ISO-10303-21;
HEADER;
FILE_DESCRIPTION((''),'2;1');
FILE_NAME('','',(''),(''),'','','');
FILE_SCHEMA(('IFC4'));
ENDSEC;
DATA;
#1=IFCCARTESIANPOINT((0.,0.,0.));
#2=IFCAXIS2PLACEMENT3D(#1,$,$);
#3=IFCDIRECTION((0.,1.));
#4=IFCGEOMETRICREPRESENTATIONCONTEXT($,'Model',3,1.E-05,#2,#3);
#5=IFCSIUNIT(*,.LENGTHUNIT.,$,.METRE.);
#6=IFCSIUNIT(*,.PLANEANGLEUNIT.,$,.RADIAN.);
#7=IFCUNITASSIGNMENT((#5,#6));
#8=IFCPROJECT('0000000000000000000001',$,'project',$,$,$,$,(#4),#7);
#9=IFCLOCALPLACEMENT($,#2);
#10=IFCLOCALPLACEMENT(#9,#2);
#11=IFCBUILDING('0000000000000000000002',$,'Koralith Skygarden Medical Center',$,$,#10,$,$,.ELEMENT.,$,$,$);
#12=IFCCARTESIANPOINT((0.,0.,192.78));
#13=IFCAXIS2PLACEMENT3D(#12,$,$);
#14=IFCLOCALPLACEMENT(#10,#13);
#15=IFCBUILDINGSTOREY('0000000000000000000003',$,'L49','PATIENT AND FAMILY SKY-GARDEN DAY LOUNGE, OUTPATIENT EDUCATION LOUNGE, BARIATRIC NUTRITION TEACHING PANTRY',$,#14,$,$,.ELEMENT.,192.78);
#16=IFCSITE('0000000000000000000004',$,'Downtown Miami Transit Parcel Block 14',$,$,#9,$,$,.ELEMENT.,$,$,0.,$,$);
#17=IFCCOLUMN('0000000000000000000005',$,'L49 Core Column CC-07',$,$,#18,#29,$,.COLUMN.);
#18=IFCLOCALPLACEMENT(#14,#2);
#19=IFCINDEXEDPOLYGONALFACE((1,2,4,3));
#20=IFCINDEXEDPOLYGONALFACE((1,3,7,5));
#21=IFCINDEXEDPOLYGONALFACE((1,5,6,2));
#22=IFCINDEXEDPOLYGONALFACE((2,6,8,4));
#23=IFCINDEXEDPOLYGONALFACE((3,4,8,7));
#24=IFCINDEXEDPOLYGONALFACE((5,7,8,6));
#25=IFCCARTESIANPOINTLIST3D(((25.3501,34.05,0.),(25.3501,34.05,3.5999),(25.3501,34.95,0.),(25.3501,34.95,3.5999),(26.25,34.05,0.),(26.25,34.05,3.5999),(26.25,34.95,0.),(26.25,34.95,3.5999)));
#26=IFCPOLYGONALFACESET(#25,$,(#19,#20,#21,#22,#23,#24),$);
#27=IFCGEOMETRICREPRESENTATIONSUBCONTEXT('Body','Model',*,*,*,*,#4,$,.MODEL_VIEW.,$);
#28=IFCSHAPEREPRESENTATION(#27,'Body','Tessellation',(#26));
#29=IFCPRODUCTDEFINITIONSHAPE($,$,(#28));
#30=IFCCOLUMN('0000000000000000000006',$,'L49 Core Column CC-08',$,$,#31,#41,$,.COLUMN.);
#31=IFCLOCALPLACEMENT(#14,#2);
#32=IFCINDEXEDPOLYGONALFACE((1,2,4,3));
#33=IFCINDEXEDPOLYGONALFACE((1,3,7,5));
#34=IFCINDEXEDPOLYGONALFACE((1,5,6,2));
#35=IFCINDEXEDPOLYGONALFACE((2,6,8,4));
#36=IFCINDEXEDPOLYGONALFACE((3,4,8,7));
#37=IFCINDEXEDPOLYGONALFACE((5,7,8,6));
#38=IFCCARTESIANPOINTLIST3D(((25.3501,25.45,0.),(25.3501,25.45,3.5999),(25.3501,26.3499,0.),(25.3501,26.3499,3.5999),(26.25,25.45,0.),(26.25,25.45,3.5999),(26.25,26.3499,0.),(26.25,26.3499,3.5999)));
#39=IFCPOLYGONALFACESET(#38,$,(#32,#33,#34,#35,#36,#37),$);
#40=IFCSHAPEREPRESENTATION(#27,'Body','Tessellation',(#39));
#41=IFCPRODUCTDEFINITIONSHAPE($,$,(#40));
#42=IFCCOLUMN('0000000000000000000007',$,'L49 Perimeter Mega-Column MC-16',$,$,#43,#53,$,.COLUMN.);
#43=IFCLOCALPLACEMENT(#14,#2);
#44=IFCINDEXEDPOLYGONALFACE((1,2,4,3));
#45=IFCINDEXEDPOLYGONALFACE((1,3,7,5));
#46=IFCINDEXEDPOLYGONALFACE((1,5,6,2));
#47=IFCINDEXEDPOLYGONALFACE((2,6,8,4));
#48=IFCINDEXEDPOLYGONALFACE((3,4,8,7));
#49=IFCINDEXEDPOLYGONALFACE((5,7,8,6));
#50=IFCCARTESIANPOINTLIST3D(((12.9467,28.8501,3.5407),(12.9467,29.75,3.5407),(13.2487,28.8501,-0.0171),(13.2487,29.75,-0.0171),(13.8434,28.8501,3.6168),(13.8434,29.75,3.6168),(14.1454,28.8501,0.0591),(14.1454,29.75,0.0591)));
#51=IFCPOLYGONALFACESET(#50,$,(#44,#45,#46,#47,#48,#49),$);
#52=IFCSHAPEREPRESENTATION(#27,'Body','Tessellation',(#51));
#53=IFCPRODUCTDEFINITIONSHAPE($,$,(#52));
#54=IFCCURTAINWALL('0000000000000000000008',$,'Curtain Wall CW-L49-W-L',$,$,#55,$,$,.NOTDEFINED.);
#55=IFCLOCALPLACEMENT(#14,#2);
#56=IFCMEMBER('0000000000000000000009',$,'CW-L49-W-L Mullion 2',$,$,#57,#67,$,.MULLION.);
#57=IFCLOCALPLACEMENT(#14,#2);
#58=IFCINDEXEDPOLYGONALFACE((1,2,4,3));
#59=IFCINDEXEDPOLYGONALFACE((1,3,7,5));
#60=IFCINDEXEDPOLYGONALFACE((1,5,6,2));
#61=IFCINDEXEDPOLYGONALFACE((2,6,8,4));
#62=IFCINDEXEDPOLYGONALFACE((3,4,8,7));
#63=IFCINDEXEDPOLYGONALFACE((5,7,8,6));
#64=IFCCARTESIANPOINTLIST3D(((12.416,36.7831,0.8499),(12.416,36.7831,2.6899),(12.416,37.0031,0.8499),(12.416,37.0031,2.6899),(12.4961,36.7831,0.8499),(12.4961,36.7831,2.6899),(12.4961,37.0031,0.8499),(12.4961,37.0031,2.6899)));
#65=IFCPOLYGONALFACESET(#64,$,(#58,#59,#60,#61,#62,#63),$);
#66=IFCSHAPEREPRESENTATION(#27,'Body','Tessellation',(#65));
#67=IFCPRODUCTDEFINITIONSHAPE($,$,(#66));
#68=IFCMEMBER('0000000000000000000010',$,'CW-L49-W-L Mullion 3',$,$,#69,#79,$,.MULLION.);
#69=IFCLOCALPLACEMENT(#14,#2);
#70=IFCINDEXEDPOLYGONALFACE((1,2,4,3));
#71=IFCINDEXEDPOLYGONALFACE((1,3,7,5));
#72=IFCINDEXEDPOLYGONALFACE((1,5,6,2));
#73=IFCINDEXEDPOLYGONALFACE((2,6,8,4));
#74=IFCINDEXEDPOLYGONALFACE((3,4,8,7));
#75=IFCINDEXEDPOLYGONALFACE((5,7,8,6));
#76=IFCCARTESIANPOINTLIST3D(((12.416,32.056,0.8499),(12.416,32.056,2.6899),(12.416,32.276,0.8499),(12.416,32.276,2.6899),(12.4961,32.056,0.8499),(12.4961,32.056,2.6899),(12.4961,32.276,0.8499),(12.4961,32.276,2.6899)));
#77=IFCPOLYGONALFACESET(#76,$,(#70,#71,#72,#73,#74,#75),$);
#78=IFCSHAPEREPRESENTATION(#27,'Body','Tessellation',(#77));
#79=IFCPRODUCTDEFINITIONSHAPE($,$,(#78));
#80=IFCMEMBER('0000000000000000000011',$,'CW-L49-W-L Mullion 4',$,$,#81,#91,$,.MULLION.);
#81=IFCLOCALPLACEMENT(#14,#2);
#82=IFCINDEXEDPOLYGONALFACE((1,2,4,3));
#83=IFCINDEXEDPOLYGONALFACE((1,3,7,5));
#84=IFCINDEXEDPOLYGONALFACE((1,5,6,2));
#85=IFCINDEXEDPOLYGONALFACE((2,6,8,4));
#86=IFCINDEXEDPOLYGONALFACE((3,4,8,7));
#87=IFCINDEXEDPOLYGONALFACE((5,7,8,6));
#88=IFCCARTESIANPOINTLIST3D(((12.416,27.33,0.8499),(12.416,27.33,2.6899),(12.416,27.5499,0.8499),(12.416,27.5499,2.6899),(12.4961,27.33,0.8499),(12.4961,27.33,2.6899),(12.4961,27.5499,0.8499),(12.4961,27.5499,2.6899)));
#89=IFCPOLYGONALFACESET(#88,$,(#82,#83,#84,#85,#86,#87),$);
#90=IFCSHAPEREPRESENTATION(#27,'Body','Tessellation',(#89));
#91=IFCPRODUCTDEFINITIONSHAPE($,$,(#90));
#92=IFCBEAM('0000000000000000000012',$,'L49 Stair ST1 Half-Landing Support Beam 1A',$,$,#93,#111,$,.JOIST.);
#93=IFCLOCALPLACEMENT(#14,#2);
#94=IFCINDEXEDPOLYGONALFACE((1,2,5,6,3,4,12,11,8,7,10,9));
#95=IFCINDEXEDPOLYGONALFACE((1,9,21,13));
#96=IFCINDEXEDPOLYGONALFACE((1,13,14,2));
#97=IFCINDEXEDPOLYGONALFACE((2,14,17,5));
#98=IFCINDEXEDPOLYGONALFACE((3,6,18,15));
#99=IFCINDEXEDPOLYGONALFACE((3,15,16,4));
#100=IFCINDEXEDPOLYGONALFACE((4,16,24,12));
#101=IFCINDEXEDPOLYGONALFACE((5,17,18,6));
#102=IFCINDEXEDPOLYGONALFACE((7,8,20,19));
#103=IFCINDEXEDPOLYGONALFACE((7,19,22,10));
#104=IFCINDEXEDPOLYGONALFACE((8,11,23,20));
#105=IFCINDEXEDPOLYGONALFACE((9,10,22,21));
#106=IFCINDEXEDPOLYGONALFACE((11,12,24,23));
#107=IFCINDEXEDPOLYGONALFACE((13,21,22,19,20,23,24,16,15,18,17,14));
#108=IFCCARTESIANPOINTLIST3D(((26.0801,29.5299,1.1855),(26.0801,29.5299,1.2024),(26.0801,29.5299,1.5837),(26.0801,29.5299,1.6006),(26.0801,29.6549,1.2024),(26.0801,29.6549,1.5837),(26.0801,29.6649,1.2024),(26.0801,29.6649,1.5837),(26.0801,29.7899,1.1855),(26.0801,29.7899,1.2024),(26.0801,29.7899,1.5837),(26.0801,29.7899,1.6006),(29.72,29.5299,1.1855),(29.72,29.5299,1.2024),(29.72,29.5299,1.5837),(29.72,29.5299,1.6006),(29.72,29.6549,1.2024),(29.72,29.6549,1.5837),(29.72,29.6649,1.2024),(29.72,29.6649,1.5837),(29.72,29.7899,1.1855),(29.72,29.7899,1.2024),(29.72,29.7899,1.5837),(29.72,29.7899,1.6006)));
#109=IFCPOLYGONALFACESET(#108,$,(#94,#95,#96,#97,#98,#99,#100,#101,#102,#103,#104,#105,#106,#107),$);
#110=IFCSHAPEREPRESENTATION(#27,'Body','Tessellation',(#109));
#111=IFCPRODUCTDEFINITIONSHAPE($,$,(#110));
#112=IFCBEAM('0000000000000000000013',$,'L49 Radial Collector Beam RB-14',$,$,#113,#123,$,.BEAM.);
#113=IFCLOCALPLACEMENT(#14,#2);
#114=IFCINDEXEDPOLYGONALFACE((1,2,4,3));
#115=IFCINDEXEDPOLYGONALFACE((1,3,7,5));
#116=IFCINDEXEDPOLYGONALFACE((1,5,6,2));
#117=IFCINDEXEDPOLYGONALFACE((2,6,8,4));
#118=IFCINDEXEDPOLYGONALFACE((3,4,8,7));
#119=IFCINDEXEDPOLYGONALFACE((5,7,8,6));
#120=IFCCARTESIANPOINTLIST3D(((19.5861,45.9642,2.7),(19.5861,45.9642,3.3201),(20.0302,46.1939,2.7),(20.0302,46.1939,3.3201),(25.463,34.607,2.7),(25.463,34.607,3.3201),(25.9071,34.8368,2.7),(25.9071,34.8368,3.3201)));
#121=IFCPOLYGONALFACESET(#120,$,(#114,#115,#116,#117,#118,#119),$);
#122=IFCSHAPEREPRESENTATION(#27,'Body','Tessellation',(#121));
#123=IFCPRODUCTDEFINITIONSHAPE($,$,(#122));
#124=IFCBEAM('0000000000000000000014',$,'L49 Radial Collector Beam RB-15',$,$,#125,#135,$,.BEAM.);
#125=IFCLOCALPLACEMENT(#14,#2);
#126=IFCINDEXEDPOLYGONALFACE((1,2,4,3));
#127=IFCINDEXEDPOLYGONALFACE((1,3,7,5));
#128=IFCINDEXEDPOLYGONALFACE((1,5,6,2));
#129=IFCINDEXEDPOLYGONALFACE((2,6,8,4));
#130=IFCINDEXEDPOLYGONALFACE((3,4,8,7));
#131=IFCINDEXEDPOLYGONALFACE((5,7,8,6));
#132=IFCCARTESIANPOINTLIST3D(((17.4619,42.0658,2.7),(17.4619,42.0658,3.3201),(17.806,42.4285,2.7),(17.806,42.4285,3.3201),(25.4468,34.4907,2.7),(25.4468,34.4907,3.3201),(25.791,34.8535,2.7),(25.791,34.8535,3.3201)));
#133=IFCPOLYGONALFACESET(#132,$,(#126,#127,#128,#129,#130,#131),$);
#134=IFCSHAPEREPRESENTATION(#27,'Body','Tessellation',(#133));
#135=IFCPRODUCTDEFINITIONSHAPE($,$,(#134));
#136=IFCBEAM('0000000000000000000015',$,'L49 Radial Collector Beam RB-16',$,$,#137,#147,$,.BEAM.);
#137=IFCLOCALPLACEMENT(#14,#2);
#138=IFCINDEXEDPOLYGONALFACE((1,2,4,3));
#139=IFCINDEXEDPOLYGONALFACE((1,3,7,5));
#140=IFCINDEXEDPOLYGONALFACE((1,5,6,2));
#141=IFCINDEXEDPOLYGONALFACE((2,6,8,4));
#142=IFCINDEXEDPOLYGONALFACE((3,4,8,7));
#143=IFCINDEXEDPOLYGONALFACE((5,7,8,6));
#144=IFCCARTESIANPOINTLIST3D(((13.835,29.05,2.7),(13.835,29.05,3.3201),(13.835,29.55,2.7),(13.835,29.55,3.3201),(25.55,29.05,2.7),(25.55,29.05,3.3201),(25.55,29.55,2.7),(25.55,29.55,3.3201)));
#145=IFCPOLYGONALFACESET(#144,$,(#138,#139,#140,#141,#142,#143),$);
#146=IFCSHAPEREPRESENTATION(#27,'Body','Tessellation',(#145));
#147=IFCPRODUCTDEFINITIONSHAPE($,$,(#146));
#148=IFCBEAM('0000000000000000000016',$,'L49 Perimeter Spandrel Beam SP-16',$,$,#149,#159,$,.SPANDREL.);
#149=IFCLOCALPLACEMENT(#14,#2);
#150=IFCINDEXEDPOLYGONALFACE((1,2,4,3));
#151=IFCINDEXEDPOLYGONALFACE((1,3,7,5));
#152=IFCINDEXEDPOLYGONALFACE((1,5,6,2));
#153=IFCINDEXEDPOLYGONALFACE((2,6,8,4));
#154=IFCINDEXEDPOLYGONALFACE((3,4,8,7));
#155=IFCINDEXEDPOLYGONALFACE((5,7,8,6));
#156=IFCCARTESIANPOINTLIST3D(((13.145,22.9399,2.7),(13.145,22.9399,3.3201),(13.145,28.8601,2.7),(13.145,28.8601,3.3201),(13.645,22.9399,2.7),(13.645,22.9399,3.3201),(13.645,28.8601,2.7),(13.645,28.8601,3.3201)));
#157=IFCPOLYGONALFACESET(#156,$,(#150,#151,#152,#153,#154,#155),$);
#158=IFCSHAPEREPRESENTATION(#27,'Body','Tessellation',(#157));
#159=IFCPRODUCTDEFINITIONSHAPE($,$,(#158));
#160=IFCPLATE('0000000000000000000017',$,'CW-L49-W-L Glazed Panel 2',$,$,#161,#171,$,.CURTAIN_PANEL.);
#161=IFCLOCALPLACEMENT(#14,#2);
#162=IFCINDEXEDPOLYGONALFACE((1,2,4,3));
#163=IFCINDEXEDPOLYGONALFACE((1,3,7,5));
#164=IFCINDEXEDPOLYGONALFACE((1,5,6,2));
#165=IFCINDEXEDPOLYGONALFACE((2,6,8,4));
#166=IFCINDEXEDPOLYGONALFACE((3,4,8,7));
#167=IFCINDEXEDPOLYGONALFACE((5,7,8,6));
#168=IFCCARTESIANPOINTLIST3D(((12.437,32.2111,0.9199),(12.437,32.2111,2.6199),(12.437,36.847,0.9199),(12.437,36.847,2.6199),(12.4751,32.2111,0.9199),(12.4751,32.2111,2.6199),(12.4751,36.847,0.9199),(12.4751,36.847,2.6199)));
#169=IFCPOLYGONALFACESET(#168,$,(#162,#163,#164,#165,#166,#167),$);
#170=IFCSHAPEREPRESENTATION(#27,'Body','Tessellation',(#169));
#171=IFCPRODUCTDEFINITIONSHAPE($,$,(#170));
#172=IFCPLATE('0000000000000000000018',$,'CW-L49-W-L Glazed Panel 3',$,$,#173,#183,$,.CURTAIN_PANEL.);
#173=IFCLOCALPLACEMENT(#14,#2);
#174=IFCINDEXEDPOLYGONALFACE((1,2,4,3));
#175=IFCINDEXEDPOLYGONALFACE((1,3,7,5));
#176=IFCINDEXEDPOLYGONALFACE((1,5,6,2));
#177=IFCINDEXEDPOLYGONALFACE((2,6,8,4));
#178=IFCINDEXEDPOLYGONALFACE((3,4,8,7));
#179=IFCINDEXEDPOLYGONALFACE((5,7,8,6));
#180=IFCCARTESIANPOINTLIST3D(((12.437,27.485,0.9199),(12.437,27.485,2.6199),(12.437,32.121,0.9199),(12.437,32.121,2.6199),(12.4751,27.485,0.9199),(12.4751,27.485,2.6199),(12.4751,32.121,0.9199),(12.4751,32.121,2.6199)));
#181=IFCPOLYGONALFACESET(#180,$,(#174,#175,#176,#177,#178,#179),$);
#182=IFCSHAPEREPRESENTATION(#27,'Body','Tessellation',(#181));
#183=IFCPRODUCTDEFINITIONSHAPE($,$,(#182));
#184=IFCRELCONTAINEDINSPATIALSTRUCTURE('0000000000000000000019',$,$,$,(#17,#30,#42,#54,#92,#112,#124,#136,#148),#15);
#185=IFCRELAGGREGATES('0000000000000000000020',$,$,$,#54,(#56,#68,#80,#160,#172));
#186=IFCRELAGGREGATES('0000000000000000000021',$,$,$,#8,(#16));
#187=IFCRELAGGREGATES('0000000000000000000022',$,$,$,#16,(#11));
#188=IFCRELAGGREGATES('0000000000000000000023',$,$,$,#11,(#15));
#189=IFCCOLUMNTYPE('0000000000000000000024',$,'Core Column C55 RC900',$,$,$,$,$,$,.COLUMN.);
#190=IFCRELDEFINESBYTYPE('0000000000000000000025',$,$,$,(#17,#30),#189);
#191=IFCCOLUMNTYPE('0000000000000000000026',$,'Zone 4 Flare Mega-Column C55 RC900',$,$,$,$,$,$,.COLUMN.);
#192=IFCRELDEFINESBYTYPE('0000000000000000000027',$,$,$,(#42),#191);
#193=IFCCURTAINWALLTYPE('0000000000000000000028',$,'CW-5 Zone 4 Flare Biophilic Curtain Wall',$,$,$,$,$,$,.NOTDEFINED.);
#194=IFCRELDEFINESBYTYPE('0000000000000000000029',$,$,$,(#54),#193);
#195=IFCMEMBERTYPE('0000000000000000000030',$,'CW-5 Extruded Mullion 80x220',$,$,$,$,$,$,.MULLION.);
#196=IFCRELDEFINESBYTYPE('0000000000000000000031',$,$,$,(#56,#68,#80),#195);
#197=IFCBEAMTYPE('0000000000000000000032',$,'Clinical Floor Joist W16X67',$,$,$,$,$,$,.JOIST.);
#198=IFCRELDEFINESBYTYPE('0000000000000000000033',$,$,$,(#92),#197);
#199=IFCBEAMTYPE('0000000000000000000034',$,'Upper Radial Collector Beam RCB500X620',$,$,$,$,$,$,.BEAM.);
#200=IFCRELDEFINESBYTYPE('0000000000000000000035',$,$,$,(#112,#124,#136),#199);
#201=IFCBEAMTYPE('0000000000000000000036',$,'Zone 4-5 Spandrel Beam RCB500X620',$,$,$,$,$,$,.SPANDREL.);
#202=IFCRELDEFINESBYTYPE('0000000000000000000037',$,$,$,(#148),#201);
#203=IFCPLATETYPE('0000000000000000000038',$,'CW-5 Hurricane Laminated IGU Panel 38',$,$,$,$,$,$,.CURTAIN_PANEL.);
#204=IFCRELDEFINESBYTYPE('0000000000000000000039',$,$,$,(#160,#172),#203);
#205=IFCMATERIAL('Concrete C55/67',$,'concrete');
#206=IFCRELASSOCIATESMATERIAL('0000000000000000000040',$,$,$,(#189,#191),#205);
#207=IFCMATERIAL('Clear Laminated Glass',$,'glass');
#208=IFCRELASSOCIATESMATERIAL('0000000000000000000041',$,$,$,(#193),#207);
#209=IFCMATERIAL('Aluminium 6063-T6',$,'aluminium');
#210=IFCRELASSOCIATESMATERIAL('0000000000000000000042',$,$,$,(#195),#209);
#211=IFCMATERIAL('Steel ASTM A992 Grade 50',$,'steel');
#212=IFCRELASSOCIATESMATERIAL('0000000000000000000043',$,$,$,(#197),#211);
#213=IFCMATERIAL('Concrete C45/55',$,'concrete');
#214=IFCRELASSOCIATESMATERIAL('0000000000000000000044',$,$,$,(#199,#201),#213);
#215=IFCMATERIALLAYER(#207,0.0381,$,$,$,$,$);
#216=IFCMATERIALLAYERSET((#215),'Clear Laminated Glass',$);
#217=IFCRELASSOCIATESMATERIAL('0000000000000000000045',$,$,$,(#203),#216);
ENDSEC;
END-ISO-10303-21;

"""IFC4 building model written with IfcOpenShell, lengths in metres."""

from ifc_helpers import new_model, si_unit, direction, frame, origin, origin_2d, place, context, subcontext, project, spatial, rectangle, i_section, extrude, material, layer, layer_set, material_profile, profile_set, type_object, element, aggregate, save


model = new_model("IFC4")

# Units and contexts
model_context = context("Model", 3, precision=1e-05, world=origin(), true_north=direction((0.0, 1.0)))
body_context = subcontext(model_context, "Body", "Model", "MODEL_VIEW")
ifc_project = project(units=[si_unit("LENGTHUNIT", "METRE"), si_unit("PLANEANGLEUNIT", "RADIAN")], contexts=[model_context])

# Site, building, storey
site_placement = place(None, origin())
site = spatial("IfcSite", under=ifc_project, at=site_placement, Name="Downtown Miami Transit Parcel Block 14", CompositionType="ELEMENT", RefElevation=0.0)
building_placement = place(site_placement, origin())
building = spatial("IfcBuilding", under=site, at=building_placement, Name="Koralith Skygarden Medical Center", CompositionType="ELEMENT")
storey_placement = place(building_placement, frame((0.0, 0.0, 192.78)))
storey = spatial("IfcBuildingStorey", under=building, at=storey_placement, Name="L49", Description="PATIENT AND FAMILY SKY-GARDEN DAY LOUNGE, OUTPATIENT EDUCATION LOUNGE, BARIATRIC NUTRITION TEACHING PANTRY", CompositionType="ELEMENT", Elevation=192.78)

# Columns
ifc_material_1 = material(Name="Concrete C55/67", Category="concrete")
ifc_material_profile_1 = material_profile(ifc_material_1, rectangle(XDim=0.8999, YDim=0.8999, at=origin_2d()), Name="RC900X900")
ifc_profile_set_1 = profile_set([ifc_material_profile_1], Name="Concrete C55/67")
column_type_1 = type_object("IfcColumnType", Name="Core Column C55 RC900", PredefinedType="COLUMN", material=ifc_profile_set_1)
for number, where, z_axis, x_axis, name in (
    (1, (25.8, 34.5, 0.0), (0.0, 0.0, 1.0), (1.0, 0.0, 0.0), "L49 Core Column CC-07"),
    (2, (25.8, 25.8999, 0.0), (0.0, 0.0, 1.0), (1.0, 0.0, 0.0), "L49 Core Column CC-08"),
):
    element("IfcColumn", number, at=place(storey_placement, frame(where, z_axis=z_axis, x_axis=x_axis)), inside=storey, type_object=column_type_1, Name=name, PredefinedType="COLUMN", context=body_context, shape_type="SweptSolid", body=[
        extrude(rectangle(XDim=0.8999, YDim=0.8999, at=origin_2d()), origin(), (0.0, 0.0, 1.0), 3.5999),
    ])
ifc_material_profile_2 = material_profile(ifc_material_1, rectangle(XDim=0.8999, YDim=0.8999, at=origin_2d()), Name="RC900X900")
ifc_profile_set_2 = profile_set([ifc_material_profile_2], Name="Concrete C55/67")
column_type_2 = type_object("IfcColumnType", Name="Zone 4 Flare Mega-Column C55 RC900", PredefinedType="COLUMN", material=ifc_profile_set_2)
column_placement = place(storey_placement, frame((13.697, 29.3, 0.021), z_axis=(-0.084579, 0.0, 0.996417), x_axis=(0.0, -1.0, 0.0)))
element("IfcColumn", 3, at=column_placement, inside=storey, type_object=column_type_2, Name="L49 Perimeter Mega-Column MC-16", PredefinedType="COLUMN", context=body_context, shape_type="SweptSolid", body=[
    extrude(rectangle(XDim=0.8999, YDim=0.8999, at=origin_2d()), origin(), (0.0, 0.0, 1.0), 3.5706),
])

# Curtain wall, members
ifc_material_2 = material(Name="Clear Laminated Glass", Category="glass")
curtain_wall_type = type_object("IfcCurtainWallType", Name="CW-5 Zone 4 Flare Biophilic Curtain Wall", PredefinedType="NOTDEFINED", material=ifc_material_2)
curtain_wall_placement = place(storey_placement, origin())
curtain_wall = element("IfcCurtainWall", 4, at=curtain_wall_placement, inside=storey, type_object=curtain_wall_type, Name="Curtain Wall CW-L49-W-L", PredefinedType="NOTDEFINED")
ifc_material_3 = material(Name="Aluminium 6063-T6", Category="aluminium")
ifc_material_profile_3 = material_profile(ifc_material_3, rectangle(XDim=0.0801, YDim=0.22, at=origin_2d()), Name="MUL80X220")
ifc_profile_set_3 = profile_set([ifc_material_profile_3], Name="Aluminium 6063-T6")
member_type = type_object("IfcMemberType", Name="CW-5 Extruded Mullion 80x220", PredefinedType="MULLION", material=ifc_profile_set_3)
member_1_placement = place(storey_placement, frame((12.4561, 36.8931, 0.8499), z_axis=(0.0, 0.0, 1.0), x_axis=(1.0, 0.0, 0.0)))
member_1 = element("IfcMember", 5, at=member_1_placement, type_object=member_type, Name="CW-L49-W-L Mullion 2", PredefinedType="MULLION", context=body_context, shape_type="SweptSolid", body=[
    extrude(rectangle(XDim=0.0801, YDim=0.22, at=origin_2d()), origin(), (0.0, 0.0, 1.0), 1.8401),
])
member_2_placement = place(storey_placement, frame((12.4561, 32.166, 0.8499), z_axis=(0.0, 0.0, 1.0), x_axis=(1.0, 0.0, 0.0)))
member_2 = element("IfcMember", 6, at=member_2_placement, type_object=member_type, Name="CW-L49-W-L Mullion 3", PredefinedType="MULLION", context=body_context, shape_type="SweptSolid", body=[
    extrude(rectangle(XDim=0.0801, YDim=0.22, at=origin_2d()), origin(), (0.0, 0.0, 1.0), 1.8401),
])
member_3_placement = place(storey_placement, frame((12.4561, 27.4399, 0.8499), z_axis=(0.0, 0.0, 1.0), x_axis=(1.0, 0.0, 0.0)))
member_3 = element("IfcMember", 7, at=member_3_placement, type_object=member_type, Name="CW-L49-W-L Mullion 4", PredefinedType="MULLION", context=body_context, shape_type="SweptSolid", body=[
    extrude(rectangle(XDim=0.0801, YDim=0.22, at=origin_2d()), origin(), (0.0, 0.0, 1.0), 1.8401),
])

# Beams
ifc_material_4 = material(Name="Steel ASTM A992 Grade 50", Category="steel")
ifc_material_profile_4 = material_profile(ifc_material_4, i_section(OverallWidth=0.26, OverallDepth=0.415, WebThickness=0.01, FlangeThickness=0.0168, at=origin_2d()), Name="W16X67")
ifc_profile_set_4 = profile_set([ifc_material_profile_4], Name="Steel ASTM A992 Grade 50")
beam_type_1 = type_object("IfcBeamType", Name="Clinical Floor Joist W16X67", PredefinedType="JOIST", material=ifc_profile_set_4)
beam_1_placement = place(storey_placement, frame((26.0801, 29.6599, 1.3931), z_axis=(1.0, 0.0, 0.0), x_axis=(0.0, 1.0, 0.0)))
element("IfcBeam", 8, at=beam_1_placement, inside=storey, type_object=beam_type_1, Name="L49 Stair ST1 Half-Landing Support Beam 1A", PredefinedType="JOIST", context=body_context, shape_type="SweptSolid", body=[
    extrude(i_section(OverallWidth=0.26, OverallDepth=0.415, WebThickness=0.01, FlangeThickness=0.0168, at=origin_2d()), origin(), (0.0, 0.0, 1.0), 3.6399),
])
ifc_material_5 = material(Name="Concrete C45/55", Category="concrete")
ifc_material_profile_5 = material_profile(ifc_material_5, rectangle(XDim=0.5, YDim=0.6201, at=origin_2d()), Name="RCB500X620")
ifc_profile_set_5 = profile_set([ifc_material_profile_5], Name="Concrete C45/55")
beam_type_2 = type_object("IfcBeamType", Name="Upper Radial Collector Beam RCB500X620", PredefinedType="BEAM", material=ifc_profile_set_5)
beam_2_placement = place(storey_placement, frame((25.6851, 34.7219, 3.01), z_axis=(-0.45958, 0.888136, 0.0), x_axis=(-0.888136, -0.45958, 0.0)))
element("IfcBeam", 9, at=beam_2_placement, inside=storey, type_object=beam_type_2, Name="L49 Radial Collector Beam RB-14", PredefinedType="BEAM", context=body_context, shape_type="SweptSolid", body=[
    extrude(rectangle(XDim=0.5, YDim=0.6201, at=origin_2d()), origin(), (0.0, 0.0, 1.0), 12.7876),
])
beam_3_placement = place(storey_placement, frame((25.6189, 34.6721, 3.01), z_axis=(-0.725483, 0.68824, 0.0), x_axis=(-0.68824, -0.725483, 0.0)))
element("IfcBeam", 10, at=beam_3_placement, inside=storey, type_object=beam_type_2, Name="L49 Radial Collector Beam RB-15", PredefinedType="BEAM", context=body_context, shape_type="SweptSolid", body=[
    extrude(rectangle(XDim=0.5, YDim=0.6201, at=origin_2d()), origin(), (0.0, 0.0, 1.0), 11.0063),
])
beam_4_placement = place(storey_placement, frame((25.55, 29.3, 3.01), z_axis=(-1.0, 0.0, 0.0), x_axis=(0.0, -1.0, 0.0)))
element("IfcBeam", 11, at=beam_4_placement, inside=storey, type_object=beam_type_2, Name="L49 Radial Collector Beam RB-16", PredefinedType="BEAM", context=body_context, shape_type="SweptSolid", body=[
    extrude(rectangle(XDim=0.5, YDim=0.6201, at=origin_2d()), origin(), (0.0, 0.0, 1.0), 11.7151),
])
ifc_material_profile_6 = material_profile(ifc_material_5, rectangle(XDim=0.5, YDim=0.6201, at=origin_2d()), Name="RCB500X620")
ifc_profile_set_6 = profile_set([ifc_material_profile_6], Name="Concrete C45/55")
beam_type_3 = type_object("IfcBeamType", Name="Zone 4-5 Spandrel Beam RCB500X620", PredefinedType="SPANDREL", material=ifc_profile_set_6)
beam_5_placement = place(storey_placement, frame((13.395, 28.8601, 3.01), z_axis=(0.0, -1.0, 0.0), x_axis=(1.0, 0.0, 0.0)))
element("IfcBeam", 12, at=beam_5_placement, inside=storey, type_object=beam_type_3, Name="L49 Perimeter Spandrel Beam SP-16", PredefinedType="SPANDREL", context=body_context, shape_type="SweptSolid", body=[
    extrude(rectangle(XDim=0.5, YDim=0.6201, at=origin_2d()), origin(), (0.0, 0.0, 1.0), 5.9202),
])

# Plates
ifc_layer_1 = layer(ifc_material_2, 0.0381)
ifc_layer_set_1 = layer_set([ifc_layer_1], Name="Clear Laminated Glass")
plate_type = type_object("IfcPlateType", Name="CW-5 Hurricane Laminated IGU Panel 38", PredefinedType="CURTAIN_PANEL", material=ifc_layer_set_1)
plate_1_placement = place(storey_placement, frame((12.4561, 34.5291, 0.9199), z_axis=(0.0, 0.0, 1.0), x_axis=(0.0, -1.0, 0.0)))
plate_1 = element("IfcPlate", 13, at=plate_1_placement, type_object=plate_type, Name="CW-L49-W-L Glazed Panel 2", PredefinedType="CURTAIN_PANEL", context=body_context, shape_type="SweptSolid", body=[
    extrude(rectangle(XDim=4.636, YDim=0.0381, at=origin_2d()), origin(), (0.0, 0.0, 1.0), 1.7),
])
plate_2_placement = place(storey_placement, frame((12.4561, 29.803, 0.9199), z_axis=(0.0, 0.0, 1.0), x_axis=(0.0, -1.0, 0.0)))
plate_2 = element("IfcPlate", 14, at=plate_2_placement, type_object=plate_type, Name="CW-L49-W-L Glazed Panel 3", PredefinedType="CURTAIN_PANEL", context=body_context, shape_type="SweptSolid", body=[
    extrude(rectangle(XDim=4.636, YDim=0.0381, at=origin_2d()), origin(), (0.0, 0.0, 1.0), 1.7),
])
aggregate(curtain_wall, [member_1, member_2, member_3, plate_1, plate_2])

save(model, "model.ifc")
